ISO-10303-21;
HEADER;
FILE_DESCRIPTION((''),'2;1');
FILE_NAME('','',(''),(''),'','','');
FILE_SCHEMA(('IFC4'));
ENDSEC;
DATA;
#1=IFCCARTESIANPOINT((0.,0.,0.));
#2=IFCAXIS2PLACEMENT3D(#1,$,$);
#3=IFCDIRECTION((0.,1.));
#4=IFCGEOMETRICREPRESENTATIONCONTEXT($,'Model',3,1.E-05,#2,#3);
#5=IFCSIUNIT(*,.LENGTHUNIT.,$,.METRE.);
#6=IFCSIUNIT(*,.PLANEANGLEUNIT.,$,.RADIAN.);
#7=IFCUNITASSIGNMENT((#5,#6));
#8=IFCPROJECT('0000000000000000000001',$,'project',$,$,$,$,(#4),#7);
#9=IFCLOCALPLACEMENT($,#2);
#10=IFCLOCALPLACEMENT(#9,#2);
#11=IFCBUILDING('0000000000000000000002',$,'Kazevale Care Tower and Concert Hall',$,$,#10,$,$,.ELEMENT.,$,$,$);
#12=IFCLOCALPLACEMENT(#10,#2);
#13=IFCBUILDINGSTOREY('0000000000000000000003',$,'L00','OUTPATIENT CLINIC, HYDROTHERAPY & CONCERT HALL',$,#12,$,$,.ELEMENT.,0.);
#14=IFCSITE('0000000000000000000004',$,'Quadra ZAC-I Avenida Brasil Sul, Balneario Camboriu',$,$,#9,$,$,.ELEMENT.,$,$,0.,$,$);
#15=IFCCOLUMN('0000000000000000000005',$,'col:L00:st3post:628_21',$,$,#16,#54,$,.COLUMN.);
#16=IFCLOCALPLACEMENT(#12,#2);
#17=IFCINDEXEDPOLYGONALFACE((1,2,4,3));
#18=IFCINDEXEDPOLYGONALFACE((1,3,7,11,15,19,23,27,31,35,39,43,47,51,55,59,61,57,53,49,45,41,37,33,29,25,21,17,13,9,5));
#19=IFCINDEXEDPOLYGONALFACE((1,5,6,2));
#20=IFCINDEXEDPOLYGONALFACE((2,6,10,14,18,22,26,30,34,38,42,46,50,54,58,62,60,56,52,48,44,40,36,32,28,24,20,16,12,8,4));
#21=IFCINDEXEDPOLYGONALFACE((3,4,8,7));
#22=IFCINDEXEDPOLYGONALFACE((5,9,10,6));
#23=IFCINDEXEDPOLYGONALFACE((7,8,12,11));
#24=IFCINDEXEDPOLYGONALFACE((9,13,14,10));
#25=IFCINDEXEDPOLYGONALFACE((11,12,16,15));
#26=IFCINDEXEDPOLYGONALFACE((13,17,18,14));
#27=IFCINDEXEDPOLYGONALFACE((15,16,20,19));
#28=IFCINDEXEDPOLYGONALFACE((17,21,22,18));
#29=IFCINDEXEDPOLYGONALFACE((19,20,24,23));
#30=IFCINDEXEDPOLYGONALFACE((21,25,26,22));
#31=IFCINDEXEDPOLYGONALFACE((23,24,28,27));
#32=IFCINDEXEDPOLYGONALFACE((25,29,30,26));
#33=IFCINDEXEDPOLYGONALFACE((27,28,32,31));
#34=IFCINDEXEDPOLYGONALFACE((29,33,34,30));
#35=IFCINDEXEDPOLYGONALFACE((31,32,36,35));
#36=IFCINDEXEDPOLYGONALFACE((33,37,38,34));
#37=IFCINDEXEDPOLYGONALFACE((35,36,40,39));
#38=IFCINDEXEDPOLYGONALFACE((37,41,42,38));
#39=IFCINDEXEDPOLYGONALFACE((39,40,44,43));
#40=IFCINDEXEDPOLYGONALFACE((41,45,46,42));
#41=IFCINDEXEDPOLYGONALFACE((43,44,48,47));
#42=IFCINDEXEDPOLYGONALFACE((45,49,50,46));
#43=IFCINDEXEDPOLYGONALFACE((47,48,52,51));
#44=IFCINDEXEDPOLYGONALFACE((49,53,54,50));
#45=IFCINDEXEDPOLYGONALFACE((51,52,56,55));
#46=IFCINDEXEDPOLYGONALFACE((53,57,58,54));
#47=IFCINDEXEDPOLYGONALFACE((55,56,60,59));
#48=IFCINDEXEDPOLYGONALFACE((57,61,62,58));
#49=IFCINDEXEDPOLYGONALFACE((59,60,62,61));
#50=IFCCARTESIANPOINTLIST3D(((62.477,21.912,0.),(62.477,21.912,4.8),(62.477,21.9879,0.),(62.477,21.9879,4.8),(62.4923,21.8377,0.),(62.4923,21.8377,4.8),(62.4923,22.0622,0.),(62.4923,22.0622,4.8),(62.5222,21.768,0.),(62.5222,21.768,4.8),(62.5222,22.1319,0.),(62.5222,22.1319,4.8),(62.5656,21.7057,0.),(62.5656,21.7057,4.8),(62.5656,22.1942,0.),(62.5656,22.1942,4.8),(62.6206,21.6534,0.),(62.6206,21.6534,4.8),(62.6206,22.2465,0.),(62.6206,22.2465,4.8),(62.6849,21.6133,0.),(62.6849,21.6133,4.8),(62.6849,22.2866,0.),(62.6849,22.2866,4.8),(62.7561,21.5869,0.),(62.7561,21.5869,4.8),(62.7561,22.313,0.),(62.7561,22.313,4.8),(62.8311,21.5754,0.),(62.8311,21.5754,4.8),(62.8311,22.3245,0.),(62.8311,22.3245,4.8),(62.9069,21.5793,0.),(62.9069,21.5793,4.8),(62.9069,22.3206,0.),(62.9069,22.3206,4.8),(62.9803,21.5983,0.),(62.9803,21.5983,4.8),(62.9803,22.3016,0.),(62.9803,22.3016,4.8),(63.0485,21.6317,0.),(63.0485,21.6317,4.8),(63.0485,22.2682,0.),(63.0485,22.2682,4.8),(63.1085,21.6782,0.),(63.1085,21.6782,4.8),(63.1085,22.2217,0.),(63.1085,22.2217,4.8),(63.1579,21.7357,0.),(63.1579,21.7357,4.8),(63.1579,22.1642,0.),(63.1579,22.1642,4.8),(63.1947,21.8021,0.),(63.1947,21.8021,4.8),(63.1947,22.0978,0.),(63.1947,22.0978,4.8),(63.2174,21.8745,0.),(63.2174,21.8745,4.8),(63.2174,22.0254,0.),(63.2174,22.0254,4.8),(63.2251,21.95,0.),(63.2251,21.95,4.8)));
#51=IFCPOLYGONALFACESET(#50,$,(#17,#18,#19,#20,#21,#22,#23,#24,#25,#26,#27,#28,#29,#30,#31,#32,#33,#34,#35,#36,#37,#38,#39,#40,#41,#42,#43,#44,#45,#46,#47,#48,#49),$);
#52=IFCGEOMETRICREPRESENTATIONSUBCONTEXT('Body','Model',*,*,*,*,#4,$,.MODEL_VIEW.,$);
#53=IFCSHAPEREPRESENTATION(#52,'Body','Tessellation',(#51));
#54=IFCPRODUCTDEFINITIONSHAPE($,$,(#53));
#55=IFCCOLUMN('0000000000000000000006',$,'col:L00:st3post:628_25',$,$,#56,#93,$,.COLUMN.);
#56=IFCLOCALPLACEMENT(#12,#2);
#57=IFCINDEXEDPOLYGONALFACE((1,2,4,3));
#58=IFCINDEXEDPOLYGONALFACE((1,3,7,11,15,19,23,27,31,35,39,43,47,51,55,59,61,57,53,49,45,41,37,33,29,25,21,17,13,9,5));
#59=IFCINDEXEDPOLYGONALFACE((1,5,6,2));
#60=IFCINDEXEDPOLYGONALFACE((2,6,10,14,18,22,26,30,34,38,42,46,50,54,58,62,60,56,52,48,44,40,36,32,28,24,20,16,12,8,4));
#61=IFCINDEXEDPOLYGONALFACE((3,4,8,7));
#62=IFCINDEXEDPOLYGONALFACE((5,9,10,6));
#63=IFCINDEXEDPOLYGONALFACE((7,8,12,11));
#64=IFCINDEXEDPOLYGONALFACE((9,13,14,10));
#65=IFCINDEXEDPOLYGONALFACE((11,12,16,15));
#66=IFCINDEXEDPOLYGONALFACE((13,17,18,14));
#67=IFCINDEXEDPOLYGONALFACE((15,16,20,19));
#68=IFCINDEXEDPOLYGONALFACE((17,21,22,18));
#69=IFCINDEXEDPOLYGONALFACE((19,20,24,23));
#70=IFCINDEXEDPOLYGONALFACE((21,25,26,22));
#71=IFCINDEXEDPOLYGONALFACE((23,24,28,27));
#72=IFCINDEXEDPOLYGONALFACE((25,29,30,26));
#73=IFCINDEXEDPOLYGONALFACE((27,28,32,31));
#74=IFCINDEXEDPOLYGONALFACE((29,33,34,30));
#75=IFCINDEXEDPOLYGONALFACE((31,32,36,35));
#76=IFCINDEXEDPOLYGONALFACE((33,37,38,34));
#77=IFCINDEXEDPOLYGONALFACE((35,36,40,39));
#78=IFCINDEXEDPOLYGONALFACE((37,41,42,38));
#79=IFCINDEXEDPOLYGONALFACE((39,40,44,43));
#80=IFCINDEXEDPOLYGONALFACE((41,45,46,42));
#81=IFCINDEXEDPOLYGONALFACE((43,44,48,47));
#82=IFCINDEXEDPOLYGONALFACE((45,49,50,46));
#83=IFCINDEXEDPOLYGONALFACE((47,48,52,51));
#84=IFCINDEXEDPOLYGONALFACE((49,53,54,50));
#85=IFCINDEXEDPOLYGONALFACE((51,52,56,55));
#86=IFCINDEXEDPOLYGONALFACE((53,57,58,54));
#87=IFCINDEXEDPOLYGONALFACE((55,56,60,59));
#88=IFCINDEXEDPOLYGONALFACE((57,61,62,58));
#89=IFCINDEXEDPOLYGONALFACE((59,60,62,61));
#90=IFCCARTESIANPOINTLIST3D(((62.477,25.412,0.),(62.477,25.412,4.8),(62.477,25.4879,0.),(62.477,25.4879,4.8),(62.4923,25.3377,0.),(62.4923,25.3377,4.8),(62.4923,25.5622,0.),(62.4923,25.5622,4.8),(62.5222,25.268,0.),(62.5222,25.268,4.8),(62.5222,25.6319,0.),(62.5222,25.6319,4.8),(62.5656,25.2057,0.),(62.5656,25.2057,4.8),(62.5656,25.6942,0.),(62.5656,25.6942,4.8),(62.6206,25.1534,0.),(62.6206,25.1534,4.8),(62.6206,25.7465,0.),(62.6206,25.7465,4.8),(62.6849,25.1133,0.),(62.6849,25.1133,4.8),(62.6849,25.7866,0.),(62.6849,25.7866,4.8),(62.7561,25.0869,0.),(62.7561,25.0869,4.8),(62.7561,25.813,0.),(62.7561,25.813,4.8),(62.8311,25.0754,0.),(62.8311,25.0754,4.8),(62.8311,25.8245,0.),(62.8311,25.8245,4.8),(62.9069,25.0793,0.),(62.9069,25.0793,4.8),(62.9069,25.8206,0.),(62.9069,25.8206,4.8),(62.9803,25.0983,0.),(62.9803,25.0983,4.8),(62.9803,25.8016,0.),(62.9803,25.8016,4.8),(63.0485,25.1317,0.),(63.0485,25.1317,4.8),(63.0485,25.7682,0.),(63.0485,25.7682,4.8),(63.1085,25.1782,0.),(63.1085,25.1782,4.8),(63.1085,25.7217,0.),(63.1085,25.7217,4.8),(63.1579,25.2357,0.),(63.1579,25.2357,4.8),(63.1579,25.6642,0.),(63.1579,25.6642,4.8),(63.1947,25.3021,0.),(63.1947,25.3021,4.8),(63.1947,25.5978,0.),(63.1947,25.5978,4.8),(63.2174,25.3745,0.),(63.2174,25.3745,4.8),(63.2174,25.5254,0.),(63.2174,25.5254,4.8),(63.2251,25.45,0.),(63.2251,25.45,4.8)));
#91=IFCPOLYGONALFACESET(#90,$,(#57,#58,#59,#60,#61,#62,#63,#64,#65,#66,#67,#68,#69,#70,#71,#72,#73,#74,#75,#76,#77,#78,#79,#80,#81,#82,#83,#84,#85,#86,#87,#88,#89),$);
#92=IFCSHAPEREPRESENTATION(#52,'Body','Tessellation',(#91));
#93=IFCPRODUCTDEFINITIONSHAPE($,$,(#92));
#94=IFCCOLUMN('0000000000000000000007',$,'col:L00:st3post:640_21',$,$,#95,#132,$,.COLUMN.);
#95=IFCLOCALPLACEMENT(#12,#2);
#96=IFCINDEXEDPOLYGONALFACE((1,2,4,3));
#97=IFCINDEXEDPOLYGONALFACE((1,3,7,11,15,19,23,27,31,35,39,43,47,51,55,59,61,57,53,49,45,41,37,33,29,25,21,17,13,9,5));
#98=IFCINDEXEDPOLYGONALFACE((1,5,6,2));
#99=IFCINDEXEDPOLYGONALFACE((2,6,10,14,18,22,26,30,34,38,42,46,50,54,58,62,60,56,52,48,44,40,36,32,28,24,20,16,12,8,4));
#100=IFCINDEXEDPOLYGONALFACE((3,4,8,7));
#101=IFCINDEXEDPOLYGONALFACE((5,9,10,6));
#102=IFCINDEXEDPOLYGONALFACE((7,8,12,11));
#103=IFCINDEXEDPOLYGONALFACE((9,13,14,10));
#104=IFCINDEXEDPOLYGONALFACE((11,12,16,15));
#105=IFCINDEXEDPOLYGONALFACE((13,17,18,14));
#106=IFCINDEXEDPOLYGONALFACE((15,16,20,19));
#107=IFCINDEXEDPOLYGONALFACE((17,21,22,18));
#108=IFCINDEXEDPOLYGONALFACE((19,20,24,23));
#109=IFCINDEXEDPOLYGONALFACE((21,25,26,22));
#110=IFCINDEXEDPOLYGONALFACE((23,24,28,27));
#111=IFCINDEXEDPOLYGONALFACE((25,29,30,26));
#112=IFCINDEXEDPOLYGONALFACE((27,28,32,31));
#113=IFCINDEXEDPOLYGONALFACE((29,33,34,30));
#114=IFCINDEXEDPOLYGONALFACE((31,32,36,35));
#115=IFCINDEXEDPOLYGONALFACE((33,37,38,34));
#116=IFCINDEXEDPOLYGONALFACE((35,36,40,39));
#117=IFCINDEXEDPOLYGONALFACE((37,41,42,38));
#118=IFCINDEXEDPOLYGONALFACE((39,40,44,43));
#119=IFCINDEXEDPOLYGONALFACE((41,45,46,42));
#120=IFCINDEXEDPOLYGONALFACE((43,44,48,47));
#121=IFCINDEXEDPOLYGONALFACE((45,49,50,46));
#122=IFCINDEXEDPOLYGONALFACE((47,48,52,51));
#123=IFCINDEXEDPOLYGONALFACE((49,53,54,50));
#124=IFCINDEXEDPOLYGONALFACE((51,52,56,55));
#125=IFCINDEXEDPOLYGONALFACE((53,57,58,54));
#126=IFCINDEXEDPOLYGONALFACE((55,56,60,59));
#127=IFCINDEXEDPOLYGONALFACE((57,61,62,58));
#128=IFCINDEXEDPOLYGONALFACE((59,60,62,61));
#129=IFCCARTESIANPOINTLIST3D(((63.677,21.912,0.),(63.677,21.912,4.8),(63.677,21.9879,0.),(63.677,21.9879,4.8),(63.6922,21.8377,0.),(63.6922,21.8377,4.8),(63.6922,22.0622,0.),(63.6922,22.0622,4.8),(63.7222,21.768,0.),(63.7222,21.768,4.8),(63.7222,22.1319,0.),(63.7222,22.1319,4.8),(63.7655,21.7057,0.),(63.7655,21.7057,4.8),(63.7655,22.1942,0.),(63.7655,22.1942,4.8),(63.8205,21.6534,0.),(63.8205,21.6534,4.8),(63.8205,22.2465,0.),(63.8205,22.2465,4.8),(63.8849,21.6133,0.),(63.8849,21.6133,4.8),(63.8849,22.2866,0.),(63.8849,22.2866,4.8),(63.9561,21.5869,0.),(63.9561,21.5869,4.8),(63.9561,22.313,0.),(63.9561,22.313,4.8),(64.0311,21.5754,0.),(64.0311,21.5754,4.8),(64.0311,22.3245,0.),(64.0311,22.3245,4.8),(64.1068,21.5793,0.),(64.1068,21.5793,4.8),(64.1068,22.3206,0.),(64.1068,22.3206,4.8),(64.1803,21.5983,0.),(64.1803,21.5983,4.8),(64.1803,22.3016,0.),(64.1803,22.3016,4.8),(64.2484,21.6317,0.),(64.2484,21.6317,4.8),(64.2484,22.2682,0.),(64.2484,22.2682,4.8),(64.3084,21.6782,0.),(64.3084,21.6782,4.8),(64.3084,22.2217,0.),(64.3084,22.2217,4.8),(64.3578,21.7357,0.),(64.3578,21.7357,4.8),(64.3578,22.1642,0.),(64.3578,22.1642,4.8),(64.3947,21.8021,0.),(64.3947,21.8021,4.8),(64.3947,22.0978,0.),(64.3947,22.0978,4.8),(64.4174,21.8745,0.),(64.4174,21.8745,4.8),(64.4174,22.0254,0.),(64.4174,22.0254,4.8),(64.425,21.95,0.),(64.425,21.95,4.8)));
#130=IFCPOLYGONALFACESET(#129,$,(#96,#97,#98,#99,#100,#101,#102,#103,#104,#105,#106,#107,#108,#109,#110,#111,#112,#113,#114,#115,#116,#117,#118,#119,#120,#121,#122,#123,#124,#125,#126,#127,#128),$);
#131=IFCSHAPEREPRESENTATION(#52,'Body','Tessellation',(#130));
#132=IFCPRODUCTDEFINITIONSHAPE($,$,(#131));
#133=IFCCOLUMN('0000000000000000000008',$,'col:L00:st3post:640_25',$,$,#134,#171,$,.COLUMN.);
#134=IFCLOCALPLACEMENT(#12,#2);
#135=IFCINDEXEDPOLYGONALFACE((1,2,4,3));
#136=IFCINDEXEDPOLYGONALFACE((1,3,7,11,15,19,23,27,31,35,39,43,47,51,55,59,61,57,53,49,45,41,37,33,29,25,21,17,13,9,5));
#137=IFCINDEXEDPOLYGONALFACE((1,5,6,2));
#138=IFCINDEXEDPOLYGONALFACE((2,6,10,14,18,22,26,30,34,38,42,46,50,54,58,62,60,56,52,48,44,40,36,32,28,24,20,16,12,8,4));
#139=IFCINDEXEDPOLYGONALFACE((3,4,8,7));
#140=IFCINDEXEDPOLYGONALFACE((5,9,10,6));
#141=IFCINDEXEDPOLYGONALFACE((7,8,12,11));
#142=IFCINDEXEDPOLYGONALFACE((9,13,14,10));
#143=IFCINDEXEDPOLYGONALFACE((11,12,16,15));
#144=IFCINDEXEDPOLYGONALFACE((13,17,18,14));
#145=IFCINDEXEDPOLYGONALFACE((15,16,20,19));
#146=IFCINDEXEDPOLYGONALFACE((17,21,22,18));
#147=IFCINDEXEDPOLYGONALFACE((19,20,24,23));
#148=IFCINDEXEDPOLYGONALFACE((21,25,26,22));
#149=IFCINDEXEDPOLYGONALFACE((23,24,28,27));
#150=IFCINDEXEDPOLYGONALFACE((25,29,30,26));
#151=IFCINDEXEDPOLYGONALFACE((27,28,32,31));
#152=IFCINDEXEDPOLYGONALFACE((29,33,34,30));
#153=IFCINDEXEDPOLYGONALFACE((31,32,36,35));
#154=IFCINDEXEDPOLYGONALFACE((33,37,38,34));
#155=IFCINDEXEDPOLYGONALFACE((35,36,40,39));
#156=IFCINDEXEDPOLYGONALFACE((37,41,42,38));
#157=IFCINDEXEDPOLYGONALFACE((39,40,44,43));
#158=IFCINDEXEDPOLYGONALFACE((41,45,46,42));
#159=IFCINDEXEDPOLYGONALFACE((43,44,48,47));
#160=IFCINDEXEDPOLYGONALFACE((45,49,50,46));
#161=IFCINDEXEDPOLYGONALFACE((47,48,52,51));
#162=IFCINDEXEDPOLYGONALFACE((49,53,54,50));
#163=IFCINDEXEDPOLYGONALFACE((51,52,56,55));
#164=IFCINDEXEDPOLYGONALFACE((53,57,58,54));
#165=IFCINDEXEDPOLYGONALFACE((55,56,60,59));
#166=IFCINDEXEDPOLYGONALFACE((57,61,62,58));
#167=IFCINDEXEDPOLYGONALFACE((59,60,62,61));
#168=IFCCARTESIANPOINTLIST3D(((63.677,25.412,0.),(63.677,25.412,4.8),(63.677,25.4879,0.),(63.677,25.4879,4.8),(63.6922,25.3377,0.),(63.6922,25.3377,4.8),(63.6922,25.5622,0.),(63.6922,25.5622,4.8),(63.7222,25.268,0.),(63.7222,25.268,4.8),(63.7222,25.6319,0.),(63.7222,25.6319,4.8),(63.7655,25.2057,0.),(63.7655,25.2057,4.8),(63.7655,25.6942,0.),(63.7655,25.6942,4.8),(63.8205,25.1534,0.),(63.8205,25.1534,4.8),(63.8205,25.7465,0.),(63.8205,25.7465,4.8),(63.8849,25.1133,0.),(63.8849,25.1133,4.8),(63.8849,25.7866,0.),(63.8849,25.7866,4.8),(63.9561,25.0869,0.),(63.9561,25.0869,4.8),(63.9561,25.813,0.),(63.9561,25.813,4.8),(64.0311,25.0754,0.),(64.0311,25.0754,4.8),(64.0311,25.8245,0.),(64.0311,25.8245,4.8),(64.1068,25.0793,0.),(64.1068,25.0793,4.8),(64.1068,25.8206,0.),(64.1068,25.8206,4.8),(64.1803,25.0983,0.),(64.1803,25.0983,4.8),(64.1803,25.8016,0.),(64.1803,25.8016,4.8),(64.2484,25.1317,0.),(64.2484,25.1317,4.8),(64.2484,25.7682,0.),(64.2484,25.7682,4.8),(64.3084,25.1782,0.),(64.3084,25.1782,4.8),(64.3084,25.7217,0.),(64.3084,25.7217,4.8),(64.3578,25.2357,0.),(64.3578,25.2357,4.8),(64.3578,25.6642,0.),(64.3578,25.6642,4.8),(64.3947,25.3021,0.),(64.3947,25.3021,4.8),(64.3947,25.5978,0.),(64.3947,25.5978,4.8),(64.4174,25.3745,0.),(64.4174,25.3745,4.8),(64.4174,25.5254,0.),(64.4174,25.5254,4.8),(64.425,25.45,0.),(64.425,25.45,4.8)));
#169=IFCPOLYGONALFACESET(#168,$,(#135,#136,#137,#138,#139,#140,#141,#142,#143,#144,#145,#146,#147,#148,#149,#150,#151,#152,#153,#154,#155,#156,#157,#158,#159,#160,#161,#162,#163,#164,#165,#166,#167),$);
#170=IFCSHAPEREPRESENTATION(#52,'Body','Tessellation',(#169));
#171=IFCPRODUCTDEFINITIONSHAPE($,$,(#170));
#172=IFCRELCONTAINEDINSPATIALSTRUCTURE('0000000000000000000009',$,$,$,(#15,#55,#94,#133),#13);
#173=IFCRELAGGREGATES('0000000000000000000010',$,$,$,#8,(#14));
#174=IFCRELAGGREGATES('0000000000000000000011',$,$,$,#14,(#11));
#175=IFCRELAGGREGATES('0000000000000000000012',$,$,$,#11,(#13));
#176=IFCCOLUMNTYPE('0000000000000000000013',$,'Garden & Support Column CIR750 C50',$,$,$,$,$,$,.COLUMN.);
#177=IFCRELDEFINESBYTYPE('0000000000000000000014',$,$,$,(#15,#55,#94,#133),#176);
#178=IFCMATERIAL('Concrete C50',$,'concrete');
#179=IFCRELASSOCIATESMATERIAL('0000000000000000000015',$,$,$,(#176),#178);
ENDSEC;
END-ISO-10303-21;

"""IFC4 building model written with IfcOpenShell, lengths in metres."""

from ifc_helpers import new_model, si_unit, direction, frame, origin, origin_2d, place, context, subcontext, project, spatial, circle, extrude, material, material_profile, profile_set, type_object, element, save


model = new_model("IFC4")

# Units and contexts
model_context = context("Model", 3, precision=1e-05, world=origin(), true_north=direction((0.0, 1.0)))
body_context = subcontext(model_context, "Body", "Model", "MODEL_VIEW")
ifc_project = project(units=[si_unit("LENGTHUNIT", "METRE"), si_unit("PLANEANGLEUNIT", "RADIAN")], contexts=[model_context])

# Site, building, storey
site_placement = place(None, origin())
site = spatial("IfcSite", under=ifc_project, at=site_placement, Name="Quadra ZAC-I Avenida Brasil Sul, Balneario Camboriu", CompositionType="ELEMENT", RefElevation=0.0)
building_placement = place(site_placement, origin())
building = spatial("IfcBuilding", under=site, at=building_placement, Name="Kazevale Care Tower and Concert Hall", CompositionType="ELEMENT")
storey_placement = place(building_placement, origin())
storey = spatial("IfcBuildingStorey", under=building, at=storey_placement, Name="L00", Description="OUTPATIENT CLINIC, HYDROTHERAPY & CONCERT HALL", CompositionType="ELEMENT", Elevation=0.0)

# Columns
ifc_material_1 = material(Name="Concrete C50", Category="concrete")
ifc_material_profile_1 = material_profile(ifc_material_1, circle(Radius=0.375, at=origin_2d()), Name="RC-CIR750")
ifc_profile_set_1 = profile_set([ifc_material_profile_1], Name="Concrete C50")
column_type_1 = type_object("IfcColumnType", Name="Garden & Support Column CIR750 C50", PredefinedType="COLUMN", material=ifc_profile_set_1)
for number, where, z_axis, x_axis, name in (
    (1, (62.8501, 21.95, 0.0), (0.0, 0.0, 1.0), (1.0, 0.0, 0.0), "col:L00:st3post:628_21"),
    (2, (62.8501, 25.45, 0.0), (0.0, 0.0, 1.0), (1.0, 0.0, 0.0), "col:L00:st3post:628_25"),
    (3, (64.05, 21.95, 0.0), (0.0, 0.0, 1.0), (1.0, 0.0, 0.0), "col:L00:st3post:640_21"),
    (4, (64.05, 25.45, 0.0), (0.0, 0.0, 1.0), (1.0, 0.0, 0.0), "col:L00:st3post:640_25"),
):
    element("IfcColumn", number, at=place(storey_placement, frame(where, z_axis=z_axis, x_axis=x_axis)), inside=storey, type_object=column_type_1, Name=name, PredefinedType="COLUMN", context=body_context, shape_type="SweptSolid", body=[
        extrude(circle(Radius=0.375, at=origin_2d()), origin(), (0.0, 0.0, 1.0), 4.8),
    ])

save(model, "model.ifc")
